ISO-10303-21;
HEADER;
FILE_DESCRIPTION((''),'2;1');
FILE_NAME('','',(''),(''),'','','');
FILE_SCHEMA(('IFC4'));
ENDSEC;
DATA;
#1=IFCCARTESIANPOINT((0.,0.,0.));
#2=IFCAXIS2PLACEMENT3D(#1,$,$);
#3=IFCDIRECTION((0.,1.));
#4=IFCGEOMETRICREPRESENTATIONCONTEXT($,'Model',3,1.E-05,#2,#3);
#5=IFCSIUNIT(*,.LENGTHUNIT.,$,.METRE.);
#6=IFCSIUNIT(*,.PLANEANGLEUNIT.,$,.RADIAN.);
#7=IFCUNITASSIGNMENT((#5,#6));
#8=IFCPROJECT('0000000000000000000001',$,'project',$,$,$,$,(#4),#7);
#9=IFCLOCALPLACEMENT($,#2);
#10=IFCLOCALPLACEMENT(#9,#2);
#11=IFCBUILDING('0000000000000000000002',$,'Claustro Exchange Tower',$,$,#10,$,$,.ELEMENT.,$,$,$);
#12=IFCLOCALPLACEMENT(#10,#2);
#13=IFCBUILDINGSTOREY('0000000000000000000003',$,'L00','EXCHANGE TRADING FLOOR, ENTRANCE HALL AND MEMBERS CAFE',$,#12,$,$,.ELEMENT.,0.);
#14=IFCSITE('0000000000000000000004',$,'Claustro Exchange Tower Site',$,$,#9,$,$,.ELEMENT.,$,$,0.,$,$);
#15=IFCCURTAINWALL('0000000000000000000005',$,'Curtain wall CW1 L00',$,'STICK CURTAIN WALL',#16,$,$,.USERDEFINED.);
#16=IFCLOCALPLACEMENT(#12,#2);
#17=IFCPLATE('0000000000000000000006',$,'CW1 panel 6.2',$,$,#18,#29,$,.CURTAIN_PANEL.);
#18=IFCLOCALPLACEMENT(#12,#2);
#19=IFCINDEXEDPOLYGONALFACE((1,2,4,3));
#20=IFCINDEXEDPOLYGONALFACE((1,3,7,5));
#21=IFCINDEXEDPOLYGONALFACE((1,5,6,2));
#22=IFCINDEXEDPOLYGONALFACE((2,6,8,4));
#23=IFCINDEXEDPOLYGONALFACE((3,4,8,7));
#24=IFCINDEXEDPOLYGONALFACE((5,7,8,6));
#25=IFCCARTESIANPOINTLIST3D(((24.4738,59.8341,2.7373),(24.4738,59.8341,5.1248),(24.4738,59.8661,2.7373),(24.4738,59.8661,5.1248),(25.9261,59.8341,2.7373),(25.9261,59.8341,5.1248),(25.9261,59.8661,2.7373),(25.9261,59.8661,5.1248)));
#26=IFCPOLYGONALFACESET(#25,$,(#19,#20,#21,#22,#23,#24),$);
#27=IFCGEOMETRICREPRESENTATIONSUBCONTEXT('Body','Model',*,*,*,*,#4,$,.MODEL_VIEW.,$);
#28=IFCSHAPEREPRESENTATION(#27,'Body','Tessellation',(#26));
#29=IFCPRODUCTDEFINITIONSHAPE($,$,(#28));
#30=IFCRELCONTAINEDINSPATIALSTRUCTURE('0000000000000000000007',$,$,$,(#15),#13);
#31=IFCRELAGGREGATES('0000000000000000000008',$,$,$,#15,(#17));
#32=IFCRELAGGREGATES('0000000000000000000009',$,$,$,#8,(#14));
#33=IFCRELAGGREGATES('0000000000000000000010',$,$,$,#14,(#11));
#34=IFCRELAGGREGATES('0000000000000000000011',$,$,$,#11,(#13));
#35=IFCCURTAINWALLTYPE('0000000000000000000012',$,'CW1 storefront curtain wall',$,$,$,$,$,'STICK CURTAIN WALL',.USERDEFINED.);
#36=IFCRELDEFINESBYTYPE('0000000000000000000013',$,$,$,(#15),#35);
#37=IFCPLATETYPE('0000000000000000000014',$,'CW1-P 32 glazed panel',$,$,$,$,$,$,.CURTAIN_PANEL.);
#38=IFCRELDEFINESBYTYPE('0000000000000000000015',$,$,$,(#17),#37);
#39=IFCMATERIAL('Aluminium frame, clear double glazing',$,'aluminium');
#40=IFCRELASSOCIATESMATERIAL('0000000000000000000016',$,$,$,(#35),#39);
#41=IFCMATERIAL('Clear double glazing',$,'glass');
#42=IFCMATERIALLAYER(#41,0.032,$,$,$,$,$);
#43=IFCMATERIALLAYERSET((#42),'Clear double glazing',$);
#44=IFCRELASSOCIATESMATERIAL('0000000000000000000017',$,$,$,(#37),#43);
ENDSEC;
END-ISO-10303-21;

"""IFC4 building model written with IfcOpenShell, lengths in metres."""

from ifc_helpers import new_model, si_unit, direction, frame, origin, origin_2d, place, context, subcontext, project, spatial, rectangle, extrude, material, layer, layer_set, type_object, element, aggregate, save


model = new_model("IFC4")

# Units and contexts
model_context = context("Model", 3, precision=1e-05, world=origin(), true_north=direction((0.0, 1.0)))
body_context = subcontext(model_context, "Body", "Model", "MODEL_VIEW")
ifc_project = project(units=[si_unit("LENGTHUNIT", "METRE"), si_unit("PLANEANGLEUNIT", "RADIAN")], contexts=[model_context])

# Site, building, storey
site_placement = place(None, origin())
site = spatial("IfcSite", under=ifc_project, at=site_placement, Name="Claustro Exchange Tower Site", CompositionType="ELEMENT", RefElevation=0.0)
building_placement = place(site_placement, origin())
building = spatial("IfcBuilding", under=site, at=building_placement, Name="Claustro Exchange Tower", CompositionType="ELEMENT")
storey_placement = place(building_placement, origin())
storey = spatial("IfcBuildingStorey", under=building, at=storey_placement, Name="L00", Description="EXCHANGE TRADING FLOOR, ENTRANCE HALL AND MEMBERS CAFE", CompositionType="ELEMENT", Elevation=0.0)

# Curtain wall, plate
ifc_material_1 = material(Name="Aluminium frame, clear double glazing", Category="aluminium")
curtain_wall_type = type_object("IfcCurtainWallType", Name="CW1 storefront curtain wall", ElementType="STICK CURTAIN WALL", PredefinedType="USERDEFINED", material=ifc_material_1)
curtain_wall_placement = place(storey_placement, origin())
curtain_wall = element("IfcCurtainWall", 1, at=curtain_wall_placement, inside=storey, type_object=curtain_wall_type, Name="Curtain wall CW1 L00", ObjectType="STICK CURTAIN WALL", PredefinedType="USERDEFINED")
ifc_material_2 = material(Name="Clear double glazing", Category="glass")
ifc_layer = layer(ifc_material_2, 0.032)
ifc_layer_set = layer_set([ifc_layer], Name="Clear double glazing")
plate_type = type_object("IfcPlateType", Name="CW1-P 32 glazed panel", PredefinedType="CURTAIN_PANEL", material=ifc_layer_set)
plate_1_placement = place(storey_placement, frame((25.2, 59.8501, 2.7373), z_axis=(0.0, 0.0, 1.0), x_axis=(1.0, 0.0, 0.0)))
plate_1 = element("IfcPlate", 2, at=plate_1_placement, type_object=plate_type, Name="CW1 panel 6.2", PredefinedType="CURTAIN_PANEL", context=body_context, shape_type="SweptSolid", body=[
    extrude(rectangle(XDim=1.4524, YDim=0.032, at=origin_2d()), origin(), (0.0, 0.0, 1.0), 2.3875),
])
aggregate(curtain_wall, [plate_1])

save(model, "model.ifc")
